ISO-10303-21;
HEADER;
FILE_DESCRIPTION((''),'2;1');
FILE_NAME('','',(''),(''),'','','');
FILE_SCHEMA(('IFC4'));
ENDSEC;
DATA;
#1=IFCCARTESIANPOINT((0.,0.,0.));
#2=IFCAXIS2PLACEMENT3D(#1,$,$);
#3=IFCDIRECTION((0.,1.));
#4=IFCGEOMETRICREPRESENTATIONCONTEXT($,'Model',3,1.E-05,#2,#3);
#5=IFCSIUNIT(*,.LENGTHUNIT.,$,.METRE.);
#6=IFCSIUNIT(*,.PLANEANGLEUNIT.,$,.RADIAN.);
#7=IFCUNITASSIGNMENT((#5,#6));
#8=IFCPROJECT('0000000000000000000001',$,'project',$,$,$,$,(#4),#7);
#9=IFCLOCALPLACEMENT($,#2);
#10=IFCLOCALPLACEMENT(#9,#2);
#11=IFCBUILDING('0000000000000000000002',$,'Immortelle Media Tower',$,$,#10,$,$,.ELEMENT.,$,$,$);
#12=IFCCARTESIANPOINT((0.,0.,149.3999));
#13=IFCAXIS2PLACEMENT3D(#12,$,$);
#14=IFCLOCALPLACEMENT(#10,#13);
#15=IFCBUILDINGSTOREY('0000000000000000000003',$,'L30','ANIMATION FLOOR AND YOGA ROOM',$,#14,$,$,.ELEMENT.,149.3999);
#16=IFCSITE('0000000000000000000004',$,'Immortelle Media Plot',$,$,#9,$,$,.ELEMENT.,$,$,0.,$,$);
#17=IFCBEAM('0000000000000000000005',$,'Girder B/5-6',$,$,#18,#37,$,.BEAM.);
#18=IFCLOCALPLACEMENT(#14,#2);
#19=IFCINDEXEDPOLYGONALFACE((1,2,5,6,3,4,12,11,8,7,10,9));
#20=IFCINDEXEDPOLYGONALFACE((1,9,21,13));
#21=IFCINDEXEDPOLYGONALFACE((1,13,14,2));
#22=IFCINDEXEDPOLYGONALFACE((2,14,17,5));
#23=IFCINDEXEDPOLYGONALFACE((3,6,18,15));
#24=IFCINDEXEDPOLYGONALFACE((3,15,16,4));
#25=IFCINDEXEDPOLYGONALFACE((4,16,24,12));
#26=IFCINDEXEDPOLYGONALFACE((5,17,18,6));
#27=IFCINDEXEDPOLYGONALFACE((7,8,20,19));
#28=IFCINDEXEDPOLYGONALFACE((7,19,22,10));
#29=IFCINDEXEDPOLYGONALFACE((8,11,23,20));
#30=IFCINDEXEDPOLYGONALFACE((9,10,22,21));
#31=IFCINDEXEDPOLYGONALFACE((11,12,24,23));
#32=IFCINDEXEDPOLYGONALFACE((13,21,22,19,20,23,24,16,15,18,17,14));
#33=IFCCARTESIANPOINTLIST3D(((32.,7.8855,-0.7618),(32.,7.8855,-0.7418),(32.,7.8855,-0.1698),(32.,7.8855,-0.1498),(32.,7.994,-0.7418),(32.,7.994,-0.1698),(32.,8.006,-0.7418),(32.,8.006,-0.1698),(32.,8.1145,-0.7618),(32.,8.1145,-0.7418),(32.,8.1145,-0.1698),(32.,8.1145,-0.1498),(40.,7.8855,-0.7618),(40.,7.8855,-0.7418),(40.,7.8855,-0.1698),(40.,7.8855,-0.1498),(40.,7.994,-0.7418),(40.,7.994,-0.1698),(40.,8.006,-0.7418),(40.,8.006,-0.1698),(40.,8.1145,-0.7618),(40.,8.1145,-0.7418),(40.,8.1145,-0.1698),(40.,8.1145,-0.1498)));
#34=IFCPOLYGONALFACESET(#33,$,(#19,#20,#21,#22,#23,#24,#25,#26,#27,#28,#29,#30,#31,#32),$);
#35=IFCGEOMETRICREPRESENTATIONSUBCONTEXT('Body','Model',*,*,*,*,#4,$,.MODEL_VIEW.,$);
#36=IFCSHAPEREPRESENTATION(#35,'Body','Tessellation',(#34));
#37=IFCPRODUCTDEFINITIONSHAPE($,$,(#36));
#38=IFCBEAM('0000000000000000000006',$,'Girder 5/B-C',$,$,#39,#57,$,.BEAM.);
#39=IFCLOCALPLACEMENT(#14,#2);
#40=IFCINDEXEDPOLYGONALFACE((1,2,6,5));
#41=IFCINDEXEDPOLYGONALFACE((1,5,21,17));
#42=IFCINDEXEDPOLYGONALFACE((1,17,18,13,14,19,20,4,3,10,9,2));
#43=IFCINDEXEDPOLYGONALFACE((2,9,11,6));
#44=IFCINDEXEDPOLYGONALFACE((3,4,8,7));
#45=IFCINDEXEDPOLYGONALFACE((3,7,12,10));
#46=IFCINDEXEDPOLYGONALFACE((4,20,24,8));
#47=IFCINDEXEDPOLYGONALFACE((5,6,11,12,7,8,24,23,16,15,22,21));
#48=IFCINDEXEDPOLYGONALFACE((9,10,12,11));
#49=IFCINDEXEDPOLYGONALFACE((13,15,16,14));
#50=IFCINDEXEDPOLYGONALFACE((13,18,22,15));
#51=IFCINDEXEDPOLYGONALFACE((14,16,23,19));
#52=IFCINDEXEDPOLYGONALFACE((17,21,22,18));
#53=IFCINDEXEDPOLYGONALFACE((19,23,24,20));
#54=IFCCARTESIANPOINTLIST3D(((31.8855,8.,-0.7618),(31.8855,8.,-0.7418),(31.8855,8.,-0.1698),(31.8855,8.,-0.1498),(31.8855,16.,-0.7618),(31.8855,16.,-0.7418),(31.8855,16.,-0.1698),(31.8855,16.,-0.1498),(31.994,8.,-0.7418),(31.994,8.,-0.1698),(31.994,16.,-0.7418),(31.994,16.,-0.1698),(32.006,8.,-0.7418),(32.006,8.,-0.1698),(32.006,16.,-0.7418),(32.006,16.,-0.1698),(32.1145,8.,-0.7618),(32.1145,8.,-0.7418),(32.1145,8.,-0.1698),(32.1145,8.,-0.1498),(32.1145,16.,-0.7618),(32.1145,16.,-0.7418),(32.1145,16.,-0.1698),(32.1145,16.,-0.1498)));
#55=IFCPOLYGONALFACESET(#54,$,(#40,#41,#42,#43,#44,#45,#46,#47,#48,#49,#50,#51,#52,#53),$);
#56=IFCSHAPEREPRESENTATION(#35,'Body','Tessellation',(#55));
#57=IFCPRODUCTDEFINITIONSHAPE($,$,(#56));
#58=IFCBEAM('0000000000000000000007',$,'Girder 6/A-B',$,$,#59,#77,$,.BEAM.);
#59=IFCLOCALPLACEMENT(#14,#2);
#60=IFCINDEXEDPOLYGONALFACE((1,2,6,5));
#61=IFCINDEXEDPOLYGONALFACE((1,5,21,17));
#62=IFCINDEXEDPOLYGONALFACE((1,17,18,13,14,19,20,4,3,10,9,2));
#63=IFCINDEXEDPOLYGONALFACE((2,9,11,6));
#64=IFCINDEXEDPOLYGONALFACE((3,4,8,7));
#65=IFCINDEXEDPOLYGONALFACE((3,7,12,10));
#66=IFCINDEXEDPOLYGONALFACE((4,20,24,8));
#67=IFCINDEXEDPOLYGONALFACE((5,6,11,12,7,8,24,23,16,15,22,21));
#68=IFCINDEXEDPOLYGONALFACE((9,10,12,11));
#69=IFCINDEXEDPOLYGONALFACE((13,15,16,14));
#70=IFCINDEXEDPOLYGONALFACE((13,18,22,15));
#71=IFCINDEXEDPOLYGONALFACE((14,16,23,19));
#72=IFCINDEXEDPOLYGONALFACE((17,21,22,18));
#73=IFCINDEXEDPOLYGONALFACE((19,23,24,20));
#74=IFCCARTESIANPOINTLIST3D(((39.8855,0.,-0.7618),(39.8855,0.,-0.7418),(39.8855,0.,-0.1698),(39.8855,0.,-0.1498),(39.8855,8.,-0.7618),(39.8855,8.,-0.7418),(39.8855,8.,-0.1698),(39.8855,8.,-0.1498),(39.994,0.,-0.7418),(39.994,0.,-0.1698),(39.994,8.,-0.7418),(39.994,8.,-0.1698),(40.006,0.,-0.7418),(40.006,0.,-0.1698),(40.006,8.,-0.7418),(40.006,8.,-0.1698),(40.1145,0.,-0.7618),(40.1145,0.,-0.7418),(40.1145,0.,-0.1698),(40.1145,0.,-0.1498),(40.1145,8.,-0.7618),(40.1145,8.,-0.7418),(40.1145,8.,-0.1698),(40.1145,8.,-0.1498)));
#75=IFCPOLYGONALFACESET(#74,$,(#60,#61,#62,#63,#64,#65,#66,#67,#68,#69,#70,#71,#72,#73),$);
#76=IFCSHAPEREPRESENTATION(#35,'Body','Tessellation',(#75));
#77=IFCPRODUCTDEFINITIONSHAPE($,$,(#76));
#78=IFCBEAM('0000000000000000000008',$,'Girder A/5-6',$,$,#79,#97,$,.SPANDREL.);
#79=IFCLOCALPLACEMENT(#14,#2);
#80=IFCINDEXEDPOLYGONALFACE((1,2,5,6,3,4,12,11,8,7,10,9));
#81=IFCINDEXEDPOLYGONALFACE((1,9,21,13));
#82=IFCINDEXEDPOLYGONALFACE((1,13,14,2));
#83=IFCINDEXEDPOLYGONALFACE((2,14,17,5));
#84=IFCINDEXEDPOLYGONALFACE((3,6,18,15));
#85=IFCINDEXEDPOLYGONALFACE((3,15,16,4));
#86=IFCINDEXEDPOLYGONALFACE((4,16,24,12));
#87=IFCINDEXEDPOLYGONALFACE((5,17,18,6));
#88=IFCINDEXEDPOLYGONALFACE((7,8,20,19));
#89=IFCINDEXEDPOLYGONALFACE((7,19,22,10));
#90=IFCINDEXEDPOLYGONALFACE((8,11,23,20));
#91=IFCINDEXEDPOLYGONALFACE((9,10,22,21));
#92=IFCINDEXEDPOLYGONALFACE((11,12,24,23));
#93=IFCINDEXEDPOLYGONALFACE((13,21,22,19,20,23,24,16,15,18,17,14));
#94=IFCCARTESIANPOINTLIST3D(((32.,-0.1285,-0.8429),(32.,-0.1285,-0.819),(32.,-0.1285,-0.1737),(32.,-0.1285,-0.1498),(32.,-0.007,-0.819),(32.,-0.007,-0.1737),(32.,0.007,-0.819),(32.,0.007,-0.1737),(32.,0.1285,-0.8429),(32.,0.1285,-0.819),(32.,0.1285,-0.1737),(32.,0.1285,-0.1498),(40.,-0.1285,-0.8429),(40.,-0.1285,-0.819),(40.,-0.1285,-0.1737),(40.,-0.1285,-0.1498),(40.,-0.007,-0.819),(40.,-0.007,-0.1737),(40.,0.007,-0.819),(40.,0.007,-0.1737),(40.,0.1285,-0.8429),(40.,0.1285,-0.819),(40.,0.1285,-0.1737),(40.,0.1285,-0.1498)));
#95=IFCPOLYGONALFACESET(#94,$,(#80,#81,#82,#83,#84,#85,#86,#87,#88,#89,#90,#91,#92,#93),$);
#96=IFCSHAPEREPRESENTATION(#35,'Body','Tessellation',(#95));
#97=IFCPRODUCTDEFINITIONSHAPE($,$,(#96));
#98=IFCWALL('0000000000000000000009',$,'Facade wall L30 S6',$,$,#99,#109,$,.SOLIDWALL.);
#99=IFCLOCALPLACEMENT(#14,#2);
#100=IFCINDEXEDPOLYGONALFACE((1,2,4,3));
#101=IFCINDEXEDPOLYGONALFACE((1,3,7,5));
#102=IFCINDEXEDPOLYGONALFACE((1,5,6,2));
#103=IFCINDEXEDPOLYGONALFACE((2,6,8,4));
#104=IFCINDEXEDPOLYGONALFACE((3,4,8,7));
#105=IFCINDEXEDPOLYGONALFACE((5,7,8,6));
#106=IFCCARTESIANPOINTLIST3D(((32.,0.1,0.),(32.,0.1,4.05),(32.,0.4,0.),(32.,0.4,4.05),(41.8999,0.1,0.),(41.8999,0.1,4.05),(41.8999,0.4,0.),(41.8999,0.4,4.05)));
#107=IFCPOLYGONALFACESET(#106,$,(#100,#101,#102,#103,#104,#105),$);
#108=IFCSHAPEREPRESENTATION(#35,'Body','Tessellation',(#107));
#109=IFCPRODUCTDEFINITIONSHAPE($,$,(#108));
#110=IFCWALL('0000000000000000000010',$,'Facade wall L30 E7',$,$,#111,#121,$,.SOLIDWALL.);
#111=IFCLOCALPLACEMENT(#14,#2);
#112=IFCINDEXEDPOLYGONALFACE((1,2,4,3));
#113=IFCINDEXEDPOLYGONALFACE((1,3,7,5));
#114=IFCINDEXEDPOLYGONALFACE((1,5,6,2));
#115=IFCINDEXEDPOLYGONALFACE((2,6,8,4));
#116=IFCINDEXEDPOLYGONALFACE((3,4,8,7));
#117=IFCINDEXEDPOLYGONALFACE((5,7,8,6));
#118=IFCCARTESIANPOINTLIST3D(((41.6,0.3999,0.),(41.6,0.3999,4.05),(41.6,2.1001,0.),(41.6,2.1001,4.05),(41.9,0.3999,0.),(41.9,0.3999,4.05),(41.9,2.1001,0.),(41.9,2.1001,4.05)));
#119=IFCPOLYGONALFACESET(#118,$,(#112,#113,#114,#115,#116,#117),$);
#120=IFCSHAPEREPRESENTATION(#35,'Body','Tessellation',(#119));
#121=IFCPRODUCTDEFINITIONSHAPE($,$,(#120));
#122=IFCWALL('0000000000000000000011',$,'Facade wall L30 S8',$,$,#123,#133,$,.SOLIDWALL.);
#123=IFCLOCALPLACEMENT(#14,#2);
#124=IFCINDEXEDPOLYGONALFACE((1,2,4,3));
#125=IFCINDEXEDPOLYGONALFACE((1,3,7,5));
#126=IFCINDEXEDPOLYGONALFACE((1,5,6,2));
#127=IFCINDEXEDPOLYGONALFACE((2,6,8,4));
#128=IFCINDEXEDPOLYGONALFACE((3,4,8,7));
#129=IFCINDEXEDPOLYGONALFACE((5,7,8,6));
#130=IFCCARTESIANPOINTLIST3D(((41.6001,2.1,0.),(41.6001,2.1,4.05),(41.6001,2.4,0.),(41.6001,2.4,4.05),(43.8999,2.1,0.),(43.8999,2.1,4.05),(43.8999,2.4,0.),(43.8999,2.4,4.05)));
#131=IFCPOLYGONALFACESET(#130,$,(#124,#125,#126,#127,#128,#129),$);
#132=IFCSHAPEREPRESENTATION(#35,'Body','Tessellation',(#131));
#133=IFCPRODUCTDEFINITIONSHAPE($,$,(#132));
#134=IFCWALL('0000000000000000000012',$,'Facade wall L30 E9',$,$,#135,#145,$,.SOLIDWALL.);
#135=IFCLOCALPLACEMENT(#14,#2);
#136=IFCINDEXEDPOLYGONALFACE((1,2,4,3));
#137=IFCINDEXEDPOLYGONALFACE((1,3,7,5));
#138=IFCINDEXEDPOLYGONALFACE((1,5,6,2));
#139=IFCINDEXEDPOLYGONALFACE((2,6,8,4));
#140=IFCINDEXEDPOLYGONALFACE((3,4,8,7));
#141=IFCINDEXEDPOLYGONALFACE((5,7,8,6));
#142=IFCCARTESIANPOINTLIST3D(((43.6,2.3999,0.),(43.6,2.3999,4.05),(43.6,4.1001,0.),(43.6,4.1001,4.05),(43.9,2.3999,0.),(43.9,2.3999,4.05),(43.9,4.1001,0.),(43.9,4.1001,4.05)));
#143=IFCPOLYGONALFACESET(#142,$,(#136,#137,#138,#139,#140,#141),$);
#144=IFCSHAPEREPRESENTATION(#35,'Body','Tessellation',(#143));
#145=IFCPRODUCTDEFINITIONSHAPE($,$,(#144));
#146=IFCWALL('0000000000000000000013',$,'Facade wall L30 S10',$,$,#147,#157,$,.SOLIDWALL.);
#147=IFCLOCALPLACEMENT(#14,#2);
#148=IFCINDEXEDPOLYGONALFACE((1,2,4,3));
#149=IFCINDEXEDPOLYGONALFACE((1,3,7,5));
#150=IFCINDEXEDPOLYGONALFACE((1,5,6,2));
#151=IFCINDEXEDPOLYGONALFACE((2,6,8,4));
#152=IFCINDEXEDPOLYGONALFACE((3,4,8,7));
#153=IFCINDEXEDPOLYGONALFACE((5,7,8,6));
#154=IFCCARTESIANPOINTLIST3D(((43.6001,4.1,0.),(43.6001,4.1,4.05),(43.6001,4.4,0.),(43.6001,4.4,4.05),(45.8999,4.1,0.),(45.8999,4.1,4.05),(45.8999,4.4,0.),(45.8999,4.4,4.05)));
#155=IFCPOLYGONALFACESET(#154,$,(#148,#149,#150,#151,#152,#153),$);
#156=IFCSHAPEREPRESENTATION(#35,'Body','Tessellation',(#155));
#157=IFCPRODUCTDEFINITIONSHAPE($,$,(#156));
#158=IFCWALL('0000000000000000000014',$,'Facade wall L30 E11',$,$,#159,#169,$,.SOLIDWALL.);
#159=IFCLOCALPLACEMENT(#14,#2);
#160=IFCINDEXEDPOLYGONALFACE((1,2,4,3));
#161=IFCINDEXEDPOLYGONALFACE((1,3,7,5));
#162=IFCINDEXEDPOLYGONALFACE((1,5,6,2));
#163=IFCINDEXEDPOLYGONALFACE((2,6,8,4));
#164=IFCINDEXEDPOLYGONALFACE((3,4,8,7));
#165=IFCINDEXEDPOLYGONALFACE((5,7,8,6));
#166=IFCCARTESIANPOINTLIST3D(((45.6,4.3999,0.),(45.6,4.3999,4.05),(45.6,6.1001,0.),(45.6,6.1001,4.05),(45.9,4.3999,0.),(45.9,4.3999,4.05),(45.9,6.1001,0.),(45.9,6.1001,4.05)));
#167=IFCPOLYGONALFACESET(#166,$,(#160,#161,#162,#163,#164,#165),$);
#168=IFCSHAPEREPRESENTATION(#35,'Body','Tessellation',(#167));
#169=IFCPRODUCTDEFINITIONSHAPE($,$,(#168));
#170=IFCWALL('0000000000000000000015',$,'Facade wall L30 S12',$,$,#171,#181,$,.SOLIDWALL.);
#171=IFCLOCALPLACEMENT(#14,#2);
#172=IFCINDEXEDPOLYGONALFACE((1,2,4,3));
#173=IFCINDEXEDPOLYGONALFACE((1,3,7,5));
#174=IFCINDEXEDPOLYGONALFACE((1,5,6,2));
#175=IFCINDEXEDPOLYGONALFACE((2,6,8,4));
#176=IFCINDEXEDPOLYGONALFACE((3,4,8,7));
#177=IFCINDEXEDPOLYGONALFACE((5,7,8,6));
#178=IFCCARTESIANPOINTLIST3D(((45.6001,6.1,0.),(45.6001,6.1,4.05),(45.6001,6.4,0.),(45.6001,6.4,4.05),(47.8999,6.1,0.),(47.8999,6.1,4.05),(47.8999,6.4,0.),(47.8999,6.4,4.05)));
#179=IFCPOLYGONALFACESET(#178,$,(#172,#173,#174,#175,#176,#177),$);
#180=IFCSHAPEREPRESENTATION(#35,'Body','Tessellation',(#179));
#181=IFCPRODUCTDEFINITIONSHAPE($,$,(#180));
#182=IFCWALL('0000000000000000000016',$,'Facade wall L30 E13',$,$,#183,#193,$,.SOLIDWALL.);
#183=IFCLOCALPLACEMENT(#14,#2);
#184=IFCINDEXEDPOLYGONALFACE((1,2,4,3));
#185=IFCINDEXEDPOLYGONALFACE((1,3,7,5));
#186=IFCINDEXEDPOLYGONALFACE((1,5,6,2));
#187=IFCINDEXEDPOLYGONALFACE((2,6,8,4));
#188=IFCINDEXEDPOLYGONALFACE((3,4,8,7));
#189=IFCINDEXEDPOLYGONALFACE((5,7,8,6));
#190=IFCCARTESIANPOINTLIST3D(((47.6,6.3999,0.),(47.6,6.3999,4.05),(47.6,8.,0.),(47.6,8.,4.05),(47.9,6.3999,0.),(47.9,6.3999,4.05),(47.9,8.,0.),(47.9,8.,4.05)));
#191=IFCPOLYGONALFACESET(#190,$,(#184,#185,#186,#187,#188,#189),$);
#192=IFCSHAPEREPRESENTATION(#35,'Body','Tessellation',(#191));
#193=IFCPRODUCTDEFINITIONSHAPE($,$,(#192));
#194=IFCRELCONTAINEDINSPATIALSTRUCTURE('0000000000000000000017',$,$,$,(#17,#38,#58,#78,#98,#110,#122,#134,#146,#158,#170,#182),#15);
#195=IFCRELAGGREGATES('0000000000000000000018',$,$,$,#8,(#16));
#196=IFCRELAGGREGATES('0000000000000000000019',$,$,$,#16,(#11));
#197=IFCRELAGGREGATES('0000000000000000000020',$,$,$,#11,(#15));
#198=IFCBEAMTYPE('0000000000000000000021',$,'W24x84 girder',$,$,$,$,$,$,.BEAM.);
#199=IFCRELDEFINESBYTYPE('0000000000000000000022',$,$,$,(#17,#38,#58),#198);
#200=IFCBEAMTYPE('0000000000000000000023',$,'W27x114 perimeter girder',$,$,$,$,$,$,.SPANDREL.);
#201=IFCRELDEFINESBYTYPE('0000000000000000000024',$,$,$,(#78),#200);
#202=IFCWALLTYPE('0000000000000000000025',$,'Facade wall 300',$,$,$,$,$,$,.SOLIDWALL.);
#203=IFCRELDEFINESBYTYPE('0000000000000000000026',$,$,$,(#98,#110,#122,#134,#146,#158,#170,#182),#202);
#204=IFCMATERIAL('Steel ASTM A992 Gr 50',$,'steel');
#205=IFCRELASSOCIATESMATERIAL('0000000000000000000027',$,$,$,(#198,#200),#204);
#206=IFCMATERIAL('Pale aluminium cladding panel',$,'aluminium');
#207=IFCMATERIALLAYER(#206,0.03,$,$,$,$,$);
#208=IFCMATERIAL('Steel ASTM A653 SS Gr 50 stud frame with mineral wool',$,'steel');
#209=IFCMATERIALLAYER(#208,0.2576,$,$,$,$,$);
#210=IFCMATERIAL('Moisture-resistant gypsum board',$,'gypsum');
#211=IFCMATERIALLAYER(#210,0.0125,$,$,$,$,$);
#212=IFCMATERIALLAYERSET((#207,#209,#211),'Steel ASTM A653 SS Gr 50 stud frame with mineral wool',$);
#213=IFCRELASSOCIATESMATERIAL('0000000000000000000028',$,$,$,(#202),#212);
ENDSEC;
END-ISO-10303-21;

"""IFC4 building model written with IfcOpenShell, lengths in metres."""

from ifc_helpers import new_model, si_unit, direction, frame, frame_2d, origin, origin_2d, place, context, subcontext, project, spatial, rectangle, i_section, extrude, material, layer, layer_set, material_profile, profile_set, type_object, element, save


model = new_model("IFC4")

# Units and contexts
model_context = context("Model", 3, precision=1e-05, world=origin(), true_north=direction((0.0, 1.0)))
body_context = subcontext(model_context, "Body", "Model", "MODEL_VIEW")
ifc_project = project(units=[si_unit("LENGTHUNIT", "METRE"), si_unit("PLANEANGLEUNIT", "RADIAN")], contexts=[model_context])

# Site, building, storey
site_placement = place(None, origin())
site = spatial("IfcSite", under=ifc_project, at=site_placement, Name="Immortelle Media Plot", CompositionType="ELEMENT", RefElevation=0.0)
building_placement = place(site_placement, origin())
building = spatial("IfcBuilding", under=site, at=building_placement, Name="Immortelle Media Tower", CompositionType="ELEMENT")
storey_placement = place(building_placement, frame((0.0, 0.0, 149.3999)))
storey = spatial("IfcBuildingStorey", under=building, at=storey_placement, Name="L30", Description="ANIMATION FLOOR AND YOGA ROOM", CompositionType="ELEMENT", Elevation=149.3999)

# Shared definitions
ifc_material_1 = material(Name="Steel ASTM A992 Gr 50", Category="steel")

# Beams
ifc_material_profile_1 = material_profile(ifc_material_1, i_section(OverallWidth=0.229, OverallDepth=0.6121, WebThickness=0.012, FlangeThickness=0.02, at=origin_2d()), Name="W24x84")
ifc_profile_set_1 = profile_set([ifc_material_profile_1], Name="Steel ASTM A992 Gr 50")
beam_type_1 = type_object("IfcBeamType", Name="W24x84 girder", PredefinedType="BEAM", material=ifc_profile_set_1)
for number, where, z_axis, x_axis, name in (
    (1, (32.0, 8.0, -0.4558), (1.0, 0.0, 0.0), (0.0, 1.0, 0.0), "Girder B/5-6"),
    (2, (32.0, 8.0, -0.4558), (0.0, 1.0, 0.0), (-1.0, 0.0, 0.0), "Girder 5/B-C"),
    (3, (40.0, 0.0, -0.4558), (0.0, 1.0, 0.0), (-1.0, 0.0, 0.0), "Girder 6/A-B"),
):
    element("IfcBeam", number, at=place(storey_placement, frame(where, z_axis=z_axis, x_axis=x_axis)), inside=storey, type_object=beam_type_1, Name=name, PredefinedType="BEAM", context=body_context, shape_type="SweptSolid", body=[
        extrude(i_section(OverallWidth=0.229, OverallDepth=0.6121, WebThickness=0.012, FlangeThickness=0.02, at=origin_2d()), origin(), (0.0, 0.0, 1.0), 8.0),
    ])
ifc_material_profile_2 = material_profile(ifc_material_1, i_section(OverallWidth=0.2571, OverallDepth=0.6931, WebThickness=0.0139, FlangeThickness=0.0239, at=origin_2d()), Name="W27x114")
ifc_profile_set_2 = profile_set([ifc_material_profile_2], Name="Steel ASTM A992 Gr 50")
beam_type_2 = type_object("IfcBeamType", Name="W27x114 perimeter girder", PredefinedType="SPANDREL", material=ifc_profile_set_2)
beam_1_placement = place(storey_placement, frame((32.0, 0.0, -0.4963), z_axis=(1.0, 0.0, 0.0), x_axis=(0.0, 1.0, 0.0)))
element("IfcBeam", 4, at=beam_1_placement, inside=storey, type_object=beam_type_2, Name="Girder A/5-6", PredefinedType="SPANDREL", context=body_context, shape_type="SweptSolid", body=[
    extrude(i_section(OverallWidth=0.2571, OverallDepth=0.6931, WebThickness=0.0139, FlangeThickness=0.0239, at=origin_2d()), origin(), (0.0, 0.0, 1.0), 8.0),
])

# Walls
ifc_material_2 = material(Name="Pale aluminium cladding panel", Category="aluminium")
ifc_layer_1 = layer(ifc_material_2, 0.03)
ifc_material_3 = material(Name="Steel ASTM A653 SS Gr 50 stud frame with mineral wool", Category="steel")
ifc_layer_2 = layer(ifc_material_3, 0.2576)
ifc_material_4 = material(Name="Moisture-resistant gypsum board", Category="gypsum")
ifc_layer_3 = layer(ifc_material_4, 0.0125)
ifc_layer_set = layer_set([ifc_layer_1, ifc_layer_2, ifc_layer_3], Name="Steel ASTM A653 SS Gr 50 stud frame with mineral wool")
wall_type = type_object("IfcWallType", Name="Facade wall 300", PredefinedType="SOLIDWALL", material=ifc_layer_set)
wall_1_placement = place(storey_placement, frame((32.0, 0.25, 0.0), z_axis=(0.0, 0.0, 1.0), x_axis=(1.0, 0.0, 0.0)))
element("IfcWall", 5, at=wall_1_placement, inside=storey, type_object=wall_type, Name="Facade wall L30 S6", PredefinedType="SOLIDWALL", context=body_context, shape_type="SweptSolid", body=[
    extrude(rectangle(XDim=9.8999, YDim=0.3, at=frame_2d((4.95, 0.0))), origin(), (0.0, 0.0, 1.0), 4.05),
])
wall_2_placement = place(storey_placement, frame((41.75, 0.3999, 0.0), z_axis=(0.0, 0.0, 1.0), x_axis=(0.0, 1.0, 0.0)))
element("IfcWall", 6, at=wall_2_placement, inside=storey, type_object=wall_type, Name="Facade wall L30 E7", PredefinedType="SOLIDWALL", context=body_context, shape_type="SweptSolid", body=[
    extrude(rectangle(XDim=1.7002, YDim=0.3, at=frame_2d((0.8501, 0.0))), origin(), (0.0, 0.0, 1.0), 4.05),
])
wall_3_placement = place(storey_placement, frame((41.6001, 2.25, 0.0), z_axis=(0.0, 0.0, 1.0), x_axis=(1.0, 0.0, 0.0)))
element("IfcWall", 7, at=wall_3_placement, inside=storey, type_object=wall_type, Name="Facade wall L30 S8", PredefinedType="SOLIDWALL", context=body_context, shape_type="SweptSolid", body=[
    extrude(rectangle(XDim=2.2998, YDim=0.3, at=frame_2d((1.1499, 0.0))), origin(), (0.0, 0.0, 1.0), 4.05),
])
wall_4_placement = place(storey_placement, frame((43.75, 2.3999, 0.0), z_axis=(0.0, 0.0, 1.0), x_axis=(0.0, 1.0, 0.0)))
element("IfcWall", 8, at=wall_4_placement, inside=storey, type_object=wall_type, Name="Facade wall L30 E9", PredefinedType="SOLIDWALL", context=body_context, shape_type="SweptSolid", body=[
    extrude(rectangle(XDim=1.7002, YDim=0.3, at=frame_2d((0.8501, 0.0))), origin(), (0.0, 0.0, 1.0), 4.05),
])
wall_5_placement = place(storey_placement, frame((43.6001, 4.25, 0.0), z_axis=(0.0, 0.0, 1.0), x_axis=(1.0, 0.0, 0.0)))
element("IfcWall", 9, at=wall_5_placement, inside=storey, type_object=wall_type, Name="Facade wall L30 S10", PredefinedType="SOLIDWALL", context=body_context, shape_type="SweptSolid", body=[
    extrude(rectangle(XDim=2.2998, YDim=0.3, at=frame_2d((1.1499, 0.0))), origin(), (0.0, 0.0, 1.0), 4.05),
])
wall_6_placement = place(storey_placement, frame((45.75, 4.3999, 0.0), z_axis=(0.0, 0.0, 1.0), x_axis=(0.0, 1.0, 0.0)))
element("IfcWall", 10, at=wall_6_placement, inside=storey, type_object=wall_type, Name="Facade wall L30 E11", PredefinedType="SOLIDWALL", context=body_context, shape_type="SweptSolid", body=[
    extrude(rectangle(XDim=1.7002, YDim=0.3, at=frame_2d((0.8501, 0.0))), origin(), (0.0, 0.0, 1.0), 4.05),
])
wall_7_placement = place(storey_placement, frame((45.6001, 6.25, 0.0), z_axis=(0.0, 0.0, 1.0), x_axis=(1.0, 0.0, 0.0)))
element("IfcWall", 11, at=wall_7_placement, inside=storey, type_object=wall_type, Name="Facade wall L30 S12", PredefinedType="SOLIDWALL", context=body_context, shape_type="SweptSolid", body=[
    extrude(rectangle(XDim=2.2998, YDim=0.3, at=frame_2d((1.1499, 0.0))), origin(), (0.0, 0.0, 1.0), 4.05),
])
wall_8_placement = place(storey_placement, frame((47.75, 6.3999, 0.0), z_axis=(0.0, 0.0, 1.0), x_axis=(0.0, 1.0, 0.0)))
element("IfcWall", 12, at=wall_8_placement, inside=storey, type_object=wall_type, Name="Facade wall L30 E13", PredefinedType="SOLIDWALL", context=body_context, shape_type="SweptSolid", body=[
    extrude(rectangle(XDim=1.6001, YDim=0.3, at=frame_2d((0.8, 0.0))), origin(), (0.0, 0.0, 1.0), 4.05),
])

save(model, "model.ifc")
